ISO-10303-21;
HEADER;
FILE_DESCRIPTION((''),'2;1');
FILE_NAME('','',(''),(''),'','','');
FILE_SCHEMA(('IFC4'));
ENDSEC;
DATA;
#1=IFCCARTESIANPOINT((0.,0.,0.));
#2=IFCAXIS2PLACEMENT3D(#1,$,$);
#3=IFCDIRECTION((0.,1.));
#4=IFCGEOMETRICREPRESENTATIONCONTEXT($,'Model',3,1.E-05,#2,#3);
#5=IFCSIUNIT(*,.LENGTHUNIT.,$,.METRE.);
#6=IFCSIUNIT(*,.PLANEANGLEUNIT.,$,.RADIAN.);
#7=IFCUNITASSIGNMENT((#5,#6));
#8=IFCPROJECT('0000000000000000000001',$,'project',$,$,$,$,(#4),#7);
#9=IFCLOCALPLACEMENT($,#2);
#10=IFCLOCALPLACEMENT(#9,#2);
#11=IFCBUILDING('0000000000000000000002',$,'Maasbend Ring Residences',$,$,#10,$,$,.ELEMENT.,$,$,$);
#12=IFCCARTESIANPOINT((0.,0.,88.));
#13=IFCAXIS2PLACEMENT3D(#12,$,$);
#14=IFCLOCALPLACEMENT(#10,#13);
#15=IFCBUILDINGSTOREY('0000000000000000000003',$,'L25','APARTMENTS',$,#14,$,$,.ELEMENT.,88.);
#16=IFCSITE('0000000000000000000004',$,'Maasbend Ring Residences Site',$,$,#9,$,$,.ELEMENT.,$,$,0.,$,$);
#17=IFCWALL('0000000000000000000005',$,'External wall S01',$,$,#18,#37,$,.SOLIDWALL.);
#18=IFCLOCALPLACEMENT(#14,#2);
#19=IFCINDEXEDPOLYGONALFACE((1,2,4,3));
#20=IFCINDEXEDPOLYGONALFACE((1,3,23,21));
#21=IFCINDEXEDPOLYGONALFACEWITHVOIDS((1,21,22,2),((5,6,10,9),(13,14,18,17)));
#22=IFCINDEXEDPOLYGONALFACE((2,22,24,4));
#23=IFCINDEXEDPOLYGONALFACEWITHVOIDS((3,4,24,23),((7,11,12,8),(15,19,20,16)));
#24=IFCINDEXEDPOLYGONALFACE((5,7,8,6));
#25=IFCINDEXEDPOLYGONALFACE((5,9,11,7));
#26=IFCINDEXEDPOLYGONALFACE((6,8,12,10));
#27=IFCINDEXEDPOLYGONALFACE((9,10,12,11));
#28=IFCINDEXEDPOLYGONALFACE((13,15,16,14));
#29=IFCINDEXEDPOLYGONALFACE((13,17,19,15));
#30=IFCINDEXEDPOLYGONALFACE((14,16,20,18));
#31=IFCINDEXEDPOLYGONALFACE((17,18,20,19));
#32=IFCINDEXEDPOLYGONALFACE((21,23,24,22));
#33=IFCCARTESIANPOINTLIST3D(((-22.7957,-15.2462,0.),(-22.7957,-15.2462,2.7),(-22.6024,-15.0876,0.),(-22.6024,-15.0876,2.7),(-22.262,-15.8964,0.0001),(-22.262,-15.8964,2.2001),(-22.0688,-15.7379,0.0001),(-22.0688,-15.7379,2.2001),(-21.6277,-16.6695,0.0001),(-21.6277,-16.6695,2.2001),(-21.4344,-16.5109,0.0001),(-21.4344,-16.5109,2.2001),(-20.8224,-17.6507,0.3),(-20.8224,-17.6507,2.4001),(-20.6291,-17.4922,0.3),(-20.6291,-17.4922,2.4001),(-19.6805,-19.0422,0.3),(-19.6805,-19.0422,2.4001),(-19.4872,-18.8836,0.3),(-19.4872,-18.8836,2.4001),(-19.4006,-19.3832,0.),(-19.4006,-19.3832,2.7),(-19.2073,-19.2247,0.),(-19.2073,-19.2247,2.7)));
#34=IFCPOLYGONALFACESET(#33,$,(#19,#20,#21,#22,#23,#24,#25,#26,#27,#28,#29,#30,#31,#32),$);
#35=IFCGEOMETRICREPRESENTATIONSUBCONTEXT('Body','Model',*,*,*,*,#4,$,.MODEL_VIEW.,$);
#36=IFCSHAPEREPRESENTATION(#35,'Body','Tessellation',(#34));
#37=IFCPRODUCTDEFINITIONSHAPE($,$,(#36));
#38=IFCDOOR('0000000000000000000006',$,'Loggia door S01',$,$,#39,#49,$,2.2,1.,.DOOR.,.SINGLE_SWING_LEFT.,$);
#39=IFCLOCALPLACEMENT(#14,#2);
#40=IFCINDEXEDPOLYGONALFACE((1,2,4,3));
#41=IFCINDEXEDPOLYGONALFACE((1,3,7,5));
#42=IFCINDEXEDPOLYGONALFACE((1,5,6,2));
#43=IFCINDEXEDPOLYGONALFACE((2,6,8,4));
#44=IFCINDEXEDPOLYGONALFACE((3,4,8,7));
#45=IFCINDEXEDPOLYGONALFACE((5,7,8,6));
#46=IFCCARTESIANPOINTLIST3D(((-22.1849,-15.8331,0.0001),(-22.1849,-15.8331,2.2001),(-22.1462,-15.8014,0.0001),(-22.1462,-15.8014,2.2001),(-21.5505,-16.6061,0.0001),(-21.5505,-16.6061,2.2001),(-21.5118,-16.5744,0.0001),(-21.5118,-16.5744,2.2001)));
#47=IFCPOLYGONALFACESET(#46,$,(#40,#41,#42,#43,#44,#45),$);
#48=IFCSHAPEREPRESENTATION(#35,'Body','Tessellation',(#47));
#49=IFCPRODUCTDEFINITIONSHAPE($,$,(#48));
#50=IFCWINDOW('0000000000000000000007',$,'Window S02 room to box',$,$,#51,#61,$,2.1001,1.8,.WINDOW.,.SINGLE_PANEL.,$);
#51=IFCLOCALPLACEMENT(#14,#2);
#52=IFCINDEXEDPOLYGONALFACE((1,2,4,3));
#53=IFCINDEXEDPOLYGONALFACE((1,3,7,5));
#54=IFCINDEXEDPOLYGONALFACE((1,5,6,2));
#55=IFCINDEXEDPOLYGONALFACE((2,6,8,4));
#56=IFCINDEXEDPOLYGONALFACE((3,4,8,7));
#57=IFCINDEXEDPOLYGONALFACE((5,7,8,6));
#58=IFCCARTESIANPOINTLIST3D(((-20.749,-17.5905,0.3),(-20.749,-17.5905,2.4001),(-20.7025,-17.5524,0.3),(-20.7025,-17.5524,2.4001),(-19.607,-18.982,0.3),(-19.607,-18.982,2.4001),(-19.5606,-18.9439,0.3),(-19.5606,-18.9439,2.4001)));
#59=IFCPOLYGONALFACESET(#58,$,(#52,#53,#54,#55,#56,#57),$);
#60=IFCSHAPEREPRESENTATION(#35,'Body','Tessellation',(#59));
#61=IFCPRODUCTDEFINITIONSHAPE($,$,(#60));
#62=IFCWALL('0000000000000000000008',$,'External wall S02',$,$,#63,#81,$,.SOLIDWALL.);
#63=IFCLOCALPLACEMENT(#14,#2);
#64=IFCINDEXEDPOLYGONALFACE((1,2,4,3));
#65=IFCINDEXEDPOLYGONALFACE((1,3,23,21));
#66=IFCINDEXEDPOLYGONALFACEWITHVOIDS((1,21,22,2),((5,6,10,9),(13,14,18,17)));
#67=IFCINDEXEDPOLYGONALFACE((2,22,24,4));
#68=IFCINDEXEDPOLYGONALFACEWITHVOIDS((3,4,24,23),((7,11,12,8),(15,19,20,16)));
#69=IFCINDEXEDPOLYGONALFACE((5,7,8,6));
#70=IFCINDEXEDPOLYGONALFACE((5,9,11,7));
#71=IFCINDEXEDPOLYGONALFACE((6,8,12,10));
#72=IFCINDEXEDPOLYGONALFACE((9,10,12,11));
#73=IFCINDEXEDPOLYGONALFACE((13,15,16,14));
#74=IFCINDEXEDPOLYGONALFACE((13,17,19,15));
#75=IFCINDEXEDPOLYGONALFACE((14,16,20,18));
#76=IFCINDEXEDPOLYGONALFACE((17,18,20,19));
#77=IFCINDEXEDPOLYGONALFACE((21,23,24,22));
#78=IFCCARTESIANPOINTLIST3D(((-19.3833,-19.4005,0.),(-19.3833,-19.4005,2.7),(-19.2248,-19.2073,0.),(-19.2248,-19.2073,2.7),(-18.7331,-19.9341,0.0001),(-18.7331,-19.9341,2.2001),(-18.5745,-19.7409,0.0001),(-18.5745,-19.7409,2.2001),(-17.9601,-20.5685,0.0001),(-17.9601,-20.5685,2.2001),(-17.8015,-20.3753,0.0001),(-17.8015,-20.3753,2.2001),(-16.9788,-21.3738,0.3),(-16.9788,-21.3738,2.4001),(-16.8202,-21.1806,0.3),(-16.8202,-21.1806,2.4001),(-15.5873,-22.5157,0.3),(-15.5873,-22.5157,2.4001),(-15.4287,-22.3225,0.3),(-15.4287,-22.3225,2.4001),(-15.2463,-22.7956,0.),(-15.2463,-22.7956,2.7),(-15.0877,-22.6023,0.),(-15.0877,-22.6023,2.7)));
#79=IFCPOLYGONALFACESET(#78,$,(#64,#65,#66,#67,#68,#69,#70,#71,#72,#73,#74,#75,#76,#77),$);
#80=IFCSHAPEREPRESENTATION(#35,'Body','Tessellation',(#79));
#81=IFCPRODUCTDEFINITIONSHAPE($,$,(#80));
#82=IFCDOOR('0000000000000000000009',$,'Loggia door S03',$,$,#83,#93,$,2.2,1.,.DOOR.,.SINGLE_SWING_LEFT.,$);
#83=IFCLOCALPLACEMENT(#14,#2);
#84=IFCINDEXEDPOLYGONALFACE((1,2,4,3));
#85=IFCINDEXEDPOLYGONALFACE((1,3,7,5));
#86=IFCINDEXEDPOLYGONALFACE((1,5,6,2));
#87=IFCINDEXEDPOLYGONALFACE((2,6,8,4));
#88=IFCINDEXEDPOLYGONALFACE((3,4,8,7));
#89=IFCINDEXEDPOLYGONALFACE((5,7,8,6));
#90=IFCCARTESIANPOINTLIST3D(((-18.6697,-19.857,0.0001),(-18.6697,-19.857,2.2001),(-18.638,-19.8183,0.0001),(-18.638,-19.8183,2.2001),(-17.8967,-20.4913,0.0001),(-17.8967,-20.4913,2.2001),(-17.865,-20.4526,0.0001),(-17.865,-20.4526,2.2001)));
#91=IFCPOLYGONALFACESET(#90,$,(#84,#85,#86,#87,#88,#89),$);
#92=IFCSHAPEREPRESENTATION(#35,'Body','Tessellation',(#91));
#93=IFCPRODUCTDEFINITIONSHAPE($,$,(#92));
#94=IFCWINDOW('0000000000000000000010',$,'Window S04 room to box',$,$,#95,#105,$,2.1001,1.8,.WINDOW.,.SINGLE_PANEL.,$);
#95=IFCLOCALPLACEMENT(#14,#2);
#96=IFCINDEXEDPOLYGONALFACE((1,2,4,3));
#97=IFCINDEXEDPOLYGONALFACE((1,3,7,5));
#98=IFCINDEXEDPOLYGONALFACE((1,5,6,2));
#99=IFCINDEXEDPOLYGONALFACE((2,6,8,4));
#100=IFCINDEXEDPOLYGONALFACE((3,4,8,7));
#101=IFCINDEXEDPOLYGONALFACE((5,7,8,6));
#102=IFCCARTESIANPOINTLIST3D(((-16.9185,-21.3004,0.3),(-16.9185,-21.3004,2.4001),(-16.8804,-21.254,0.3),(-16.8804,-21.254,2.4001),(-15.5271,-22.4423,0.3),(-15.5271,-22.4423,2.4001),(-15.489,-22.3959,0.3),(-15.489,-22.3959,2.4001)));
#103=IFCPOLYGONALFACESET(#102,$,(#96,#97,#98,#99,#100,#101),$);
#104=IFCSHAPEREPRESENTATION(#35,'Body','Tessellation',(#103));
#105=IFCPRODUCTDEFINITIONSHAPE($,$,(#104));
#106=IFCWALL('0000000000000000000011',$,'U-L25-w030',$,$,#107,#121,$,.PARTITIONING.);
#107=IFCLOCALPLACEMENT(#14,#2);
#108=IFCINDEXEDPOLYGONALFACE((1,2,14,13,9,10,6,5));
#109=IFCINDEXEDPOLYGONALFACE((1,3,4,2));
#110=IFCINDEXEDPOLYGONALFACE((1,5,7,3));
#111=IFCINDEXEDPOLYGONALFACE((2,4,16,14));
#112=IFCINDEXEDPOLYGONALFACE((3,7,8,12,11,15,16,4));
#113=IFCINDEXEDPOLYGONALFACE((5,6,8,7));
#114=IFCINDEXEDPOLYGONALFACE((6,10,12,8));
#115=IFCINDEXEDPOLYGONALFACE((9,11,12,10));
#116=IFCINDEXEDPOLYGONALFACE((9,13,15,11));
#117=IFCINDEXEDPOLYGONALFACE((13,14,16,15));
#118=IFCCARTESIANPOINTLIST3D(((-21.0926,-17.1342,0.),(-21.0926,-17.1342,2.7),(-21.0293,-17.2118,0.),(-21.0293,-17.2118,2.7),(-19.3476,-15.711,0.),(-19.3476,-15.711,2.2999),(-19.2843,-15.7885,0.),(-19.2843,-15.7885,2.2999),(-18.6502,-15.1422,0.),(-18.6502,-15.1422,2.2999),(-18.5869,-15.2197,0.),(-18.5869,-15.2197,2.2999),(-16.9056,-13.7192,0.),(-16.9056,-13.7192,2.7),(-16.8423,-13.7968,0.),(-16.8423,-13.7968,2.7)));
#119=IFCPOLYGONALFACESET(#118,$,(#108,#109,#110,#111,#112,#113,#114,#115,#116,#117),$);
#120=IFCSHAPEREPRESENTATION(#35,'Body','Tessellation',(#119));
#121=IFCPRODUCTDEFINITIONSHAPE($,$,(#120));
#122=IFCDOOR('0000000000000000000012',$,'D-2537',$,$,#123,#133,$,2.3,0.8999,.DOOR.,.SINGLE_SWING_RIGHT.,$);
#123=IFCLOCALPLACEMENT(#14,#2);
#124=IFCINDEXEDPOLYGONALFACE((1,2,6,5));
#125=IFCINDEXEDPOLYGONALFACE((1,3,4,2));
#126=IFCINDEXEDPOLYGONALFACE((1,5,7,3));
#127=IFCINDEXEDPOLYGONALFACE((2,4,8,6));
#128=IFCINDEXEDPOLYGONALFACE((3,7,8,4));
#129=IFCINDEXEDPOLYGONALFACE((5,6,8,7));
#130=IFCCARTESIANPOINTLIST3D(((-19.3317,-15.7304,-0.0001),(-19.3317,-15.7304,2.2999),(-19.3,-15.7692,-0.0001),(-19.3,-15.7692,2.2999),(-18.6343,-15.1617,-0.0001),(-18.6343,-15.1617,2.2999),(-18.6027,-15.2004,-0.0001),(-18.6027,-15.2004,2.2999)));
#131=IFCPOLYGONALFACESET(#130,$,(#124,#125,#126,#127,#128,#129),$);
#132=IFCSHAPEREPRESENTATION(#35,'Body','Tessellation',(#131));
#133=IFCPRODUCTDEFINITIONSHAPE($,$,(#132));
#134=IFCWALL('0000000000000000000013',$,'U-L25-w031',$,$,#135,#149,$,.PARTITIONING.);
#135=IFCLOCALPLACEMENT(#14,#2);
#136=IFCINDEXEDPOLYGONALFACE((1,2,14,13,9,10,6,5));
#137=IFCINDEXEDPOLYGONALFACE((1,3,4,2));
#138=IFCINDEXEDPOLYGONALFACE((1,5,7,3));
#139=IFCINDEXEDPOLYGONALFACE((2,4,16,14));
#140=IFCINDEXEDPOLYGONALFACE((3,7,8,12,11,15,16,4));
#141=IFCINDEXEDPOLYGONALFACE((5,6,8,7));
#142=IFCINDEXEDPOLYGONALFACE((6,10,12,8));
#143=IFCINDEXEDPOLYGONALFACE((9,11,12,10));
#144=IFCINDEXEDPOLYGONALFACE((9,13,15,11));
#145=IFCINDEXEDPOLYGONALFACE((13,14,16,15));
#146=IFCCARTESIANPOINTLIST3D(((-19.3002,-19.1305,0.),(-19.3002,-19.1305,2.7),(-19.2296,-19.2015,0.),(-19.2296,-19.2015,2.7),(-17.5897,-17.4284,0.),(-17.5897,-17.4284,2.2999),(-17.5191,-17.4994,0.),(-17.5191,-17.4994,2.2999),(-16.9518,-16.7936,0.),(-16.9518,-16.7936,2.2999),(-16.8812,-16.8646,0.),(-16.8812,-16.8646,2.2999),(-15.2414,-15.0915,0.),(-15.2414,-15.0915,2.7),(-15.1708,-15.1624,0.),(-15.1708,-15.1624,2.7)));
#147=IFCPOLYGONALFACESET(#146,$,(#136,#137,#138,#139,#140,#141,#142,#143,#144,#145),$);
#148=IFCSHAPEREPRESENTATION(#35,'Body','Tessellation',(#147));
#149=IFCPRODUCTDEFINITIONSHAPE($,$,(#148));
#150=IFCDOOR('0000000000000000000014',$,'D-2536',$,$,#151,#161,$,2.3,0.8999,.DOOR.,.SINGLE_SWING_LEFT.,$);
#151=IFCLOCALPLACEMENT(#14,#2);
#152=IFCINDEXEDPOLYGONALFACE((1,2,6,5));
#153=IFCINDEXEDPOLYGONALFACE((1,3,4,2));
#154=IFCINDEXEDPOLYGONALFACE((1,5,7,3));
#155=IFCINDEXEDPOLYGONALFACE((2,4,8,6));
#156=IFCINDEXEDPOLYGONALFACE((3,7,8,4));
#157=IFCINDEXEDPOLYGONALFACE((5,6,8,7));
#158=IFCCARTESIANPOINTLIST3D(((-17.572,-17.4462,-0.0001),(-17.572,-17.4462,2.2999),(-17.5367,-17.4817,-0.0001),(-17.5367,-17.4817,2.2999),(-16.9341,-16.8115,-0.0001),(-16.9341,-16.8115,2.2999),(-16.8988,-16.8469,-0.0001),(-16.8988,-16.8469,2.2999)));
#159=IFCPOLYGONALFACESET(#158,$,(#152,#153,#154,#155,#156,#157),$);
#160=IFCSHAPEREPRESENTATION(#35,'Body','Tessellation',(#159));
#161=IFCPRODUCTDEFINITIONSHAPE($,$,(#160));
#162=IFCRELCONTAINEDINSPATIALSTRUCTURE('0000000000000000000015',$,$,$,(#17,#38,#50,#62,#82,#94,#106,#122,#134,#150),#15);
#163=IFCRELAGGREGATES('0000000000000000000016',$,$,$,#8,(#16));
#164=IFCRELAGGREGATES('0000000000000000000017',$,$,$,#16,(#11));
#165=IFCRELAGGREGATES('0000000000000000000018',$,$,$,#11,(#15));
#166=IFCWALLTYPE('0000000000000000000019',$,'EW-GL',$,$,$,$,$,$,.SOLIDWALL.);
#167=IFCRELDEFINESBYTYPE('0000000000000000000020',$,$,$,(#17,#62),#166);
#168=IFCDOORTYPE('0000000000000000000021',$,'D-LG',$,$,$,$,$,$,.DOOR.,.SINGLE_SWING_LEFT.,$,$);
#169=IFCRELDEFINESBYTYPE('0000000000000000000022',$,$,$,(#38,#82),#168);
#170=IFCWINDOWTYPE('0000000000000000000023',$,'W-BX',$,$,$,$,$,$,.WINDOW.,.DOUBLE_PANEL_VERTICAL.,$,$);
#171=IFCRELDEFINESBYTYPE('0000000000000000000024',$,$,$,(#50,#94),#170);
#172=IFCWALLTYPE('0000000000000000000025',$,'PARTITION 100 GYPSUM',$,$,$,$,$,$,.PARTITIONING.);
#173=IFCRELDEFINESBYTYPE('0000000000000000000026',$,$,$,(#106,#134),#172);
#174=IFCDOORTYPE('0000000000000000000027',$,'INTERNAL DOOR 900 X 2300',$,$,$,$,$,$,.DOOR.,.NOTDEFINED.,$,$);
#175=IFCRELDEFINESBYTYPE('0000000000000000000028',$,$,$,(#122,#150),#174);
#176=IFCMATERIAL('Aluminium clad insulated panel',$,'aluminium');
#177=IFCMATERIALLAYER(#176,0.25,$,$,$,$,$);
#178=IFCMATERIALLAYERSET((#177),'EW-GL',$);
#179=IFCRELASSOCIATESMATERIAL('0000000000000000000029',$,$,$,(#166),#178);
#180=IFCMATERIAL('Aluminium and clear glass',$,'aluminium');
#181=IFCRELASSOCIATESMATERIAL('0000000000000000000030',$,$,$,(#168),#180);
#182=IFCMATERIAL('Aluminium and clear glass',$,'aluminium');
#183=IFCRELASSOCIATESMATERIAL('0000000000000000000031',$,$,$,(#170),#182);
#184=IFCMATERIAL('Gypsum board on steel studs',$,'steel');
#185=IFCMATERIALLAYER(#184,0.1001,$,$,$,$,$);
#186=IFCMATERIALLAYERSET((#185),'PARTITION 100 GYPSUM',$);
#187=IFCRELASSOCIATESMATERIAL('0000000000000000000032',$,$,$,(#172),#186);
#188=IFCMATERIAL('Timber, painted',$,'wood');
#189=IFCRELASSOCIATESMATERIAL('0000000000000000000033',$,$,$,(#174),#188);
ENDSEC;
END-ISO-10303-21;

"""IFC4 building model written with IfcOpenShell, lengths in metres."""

from ifc_helpers import new_model, si_unit, direction, frame, frame_2d, origin, place, context, subcontext, project, spatial, rectangle, extrude, material, layer, layer_set, type_object, element, fill, save


model = new_model("IFC4")

# Units and contexts
model_context = context("Model", 3, precision=1e-05, world=origin(), true_north=direction((0.0, 1.0)))
body_context = subcontext(model_context, "Body", "Model", "MODEL_VIEW")
ifc_project = project(units=[si_unit("LENGTHUNIT", "METRE"), si_unit("PLANEANGLEUNIT", "RADIAN")], contexts=[model_context])

# Site, building, storey
site_placement = place(None, origin())
site = spatial("IfcSite", under=ifc_project, at=site_placement, Name="Maasbend Ring Residences Site", CompositionType="ELEMENT", RefElevation=0.0)
building_placement = place(site_placement, origin())
building = spatial("IfcBuilding", under=site, at=building_placement, Name="Maasbend Ring Residences", CompositionType="ELEMENT")
storey_placement = place(building_placement, frame((0.0, 0.0, 88.0)))
storey = spatial("IfcBuildingStorey", under=building, at=storey_placement, Name="L25", Description="APARTMENTS", CompositionType="ELEMENT", Elevation=88.0)

# Walls, openings, doors, windows
ifc_material_1 = material(Name="Aluminium clad insulated panel", Category="aluminium")
ifc_layer_1 = layer(ifc_material_1, 0.25)
ifc_layer_set_1 = layer_set([ifc_layer_1], Name="EW-GL")
wall_type_1 = type_object("IfcWallType", Name="EW-GL", PredefinedType="SOLIDWALL", material=ifc_layer_set_1)
wall_1_placement = place(storey_placement, frame((-22.699, -15.167, 0.0), z_axis=(0.0, 0.0, 1.0), x_axis=(0.634382, -0.773019, 0.0)))
wall_1 = element("IfcWall", 1, at=wall_1_placement, inside=storey, type_object=wall_type_1, Name="External wall S01", PredefinedType="SOLIDWALL", context=body_context, shape_type="SweptSolid", body=[
    extrude(rectangle(XDim=5.3518, YDim=0.25, at=frame_2d((2.6758, 0.0))), origin(), (0.0, 0.0, 1.0), 2.7),
])
opening_1_placement = place(wall_1_placement, frame((0.8411, 0.0, 0.0)))
opening_1 = element("IfcOpeningElement", 2, at=opening_1_placement, cuts=wall_1, PredefinedType="OPENING", context=body_context, shape_type="SweptSolid", body=[
    extrude(rectangle(XDim=1.0, YDim=2.2, at=frame_2d((0.5, 1.1001))), frame((0.0, 0.135, 0.0), z_axis=(0.0, -1.0, 0.0), x_axis=(1.0, 0.0, 0.0)), (0.0, 0.0, 1.0), 0.27),
])
opening_2_placement = place(wall_1_placement, frame((3.1106, 0.0, 0.3)))
opening_2 = element("IfcOpeningElement", 3, at=opening_2_placement, cuts=wall_1, PredefinedType="OPENING", context=body_context, shape_type="SweptSolid", body=[
    extrude(rectangle(XDim=1.8, YDim=2.1001, at=frame_2d((0.8999, 1.05))), frame((0.0, 0.135, 0.0), z_axis=(0.0, -1.0, 0.0), x_axis=(1.0, 0.0, 0.0)), (0.0, 0.0, 1.0), 0.27),
])
ifc_material_2 = material(Name="Aluminium and clear glass", Category="aluminium")
door_type_1 = type_object("IfcDoorType", Name="D-LG", OperationType="SINGLE_SWING_LEFT", PredefinedType="DOOR", material=ifc_material_2)
door_1_placement = place(opening_1_placement, origin())
door_1 = element("IfcDoor", 4, at=door_1_placement, inside=storey, type_object=door_type_1, Name="Loggia door S01", OperationType="SINGLE_SWING_LEFT", OverallHeight=2.2, OverallWidth=1.0, PredefinedType="DOOR", context=body_context, shape_type="SweptSolid", body=[
    extrude(rectangle(XDim=1.0, YDim=2.2, at=frame_2d((0.5, 1.1001))), frame((0.0, 0.0249, 0.0), z_axis=(0.0, -1.0, 0.0), x_axis=(1.0, 0.0, 0.0)), (0.0, 0.0, 1.0), 0.05),
])
fill(opening_1, door_1)
ifc_material_3 = material(Name="Aluminium and clear glass", Category="aluminium")
window_type_1 = type_object("IfcWindowType", Name="W-BX", PartitioningType="DOUBLE_PANEL_VERTICAL", PredefinedType="WINDOW", material=ifc_material_3)
window_1_placement = place(opening_2_placement, origin())
window_1 = element("IfcWindow", 5, at=window_1_placement, inside=storey, type_object=window_type_1, Name="Window S02 room to box", OverallHeight=2.1001, OverallWidth=1.8, PartitioningType="SINGLE_PANEL", PredefinedType="WINDOW", context=body_context, shape_type="SweptSolid", body=[
    extrude(rectangle(XDim=1.8, YDim=2.1001, at=frame_2d((0.8999, 1.05))), frame((0.0, 0.03, 0.0), z_axis=(0.0, -1.0, 0.0), x_axis=(1.0, 0.0, 0.0)), (0.0, 0.0, 1.0), 0.0601),
])
fill(opening_2, window_1)
wall_2_placement = place(storey_placement, frame((-19.304, -19.304, 0.0), z_axis=(0.0, 0.0, 1.0), x_axis=(0.773019, -0.634382, 0.0)))
wall_2 = element("IfcWall", 6, at=wall_2_placement, inside=storey, type_object=wall_type_1, Name="External wall S02", PredefinedType="SOLIDWALL", context=body_context, shape_type="SweptSolid", body=[
    extrude(rectangle(XDim=5.3518, YDim=0.25, at=frame_2d((2.6758, 0.0))), origin(), (0.0, 0.0, 1.0), 2.7),
])
opening_3_placement = place(wall_2_placement, frame((0.8411, 0.0, 0.0)))
opening_3 = element("IfcOpeningElement", 7, at=opening_3_placement, cuts=wall_2, PredefinedType="OPENING", context=body_context, shape_type="SweptSolid", body=[
    extrude(rectangle(XDim=1.0, YDim=2.2, at=frame_2d((0.5, 1.1001))), frame((0.0, 0.135, 0.0), z_axis=(0.0, -1.0, 0.0), x_axis=(1.0, 0.0, 0.0)), (0.0, 0.0, 1.0), 0.27),
])
opening_4_placement = place(wall_2_placement, frame((3.1106, 0.0, 0.3)))
opening_4 = element("IfcOpeningElement", 8, at=opening_4_placement, cuts=wall_2, PredefinedType="OPENING", context=body_context, shape_type="SweptSolid", body=[
    extrude(rectangle(XDim=1.8, YDim=2.1001, at=frame_2d((0.8999, 1.05))), frame((0.0, 0.135, 0.0), z_axis=(0.0, -1.0, 0.0), x_axis=(1.0, 0.0, 0.0)), (0.0, 0.0, 1.0), 0.27),
])
door_2_placement = place(opening_3_placement, origin())
door_2 = element("IfcDoor", 9, at=door_2_placement, inside=storey, type_object=door_type_1, Name="Loggia door S03", OperationType="SINGLE_SWING_LEFT", OverallHeight=2.2, OverallWidth=1.0, PredefinedType="DOOR", context=body_context, shape_type="SweptSolid", body=[
    extrude(rectangle(XDim=1.0, YDim=2.2, at=frame_2d((0.5, 1.1001))), frame((0.0, 0.0249, 0.0), z_axis=(0.0, -1.0, 0.0), x_axis=(1.0, 0.0, 0.0)), (0.0, 0.0, 1.0), 0.05),
])
fill(opening_3, door_2)
window_2_placement = place(opening_4_placement, origin())
window_2 = element("IfcWindow", 10, at=window_2_placement, inside=storey, type_object=window_type_1, Name="Window S04 room to box", OverallHeight=2.1001, OverallWidth=1.8, PartitioningType="SINGLE_PANEL", PredefinedType="WINDOW", context=body_context, shape_type="SweptSolid", body=[
    extrude(rectangle(XDim=1.8, YDim=2.1001, at=frame_2d((0.8999, 1.05))), frame((0.0, 0.03, 0.0), z_axis=(0.0, -1.0, 0.0), x_axis=(1.0, 0.0, 0.0)), (0.0, 0.0, 1.0), 0.0601),
])
fill(opening_4, window_2)

# Walls, openings, doors
ifc_material_4 = material(Name="Gypsum board on steel studs", Category="steel")
ifc_layer_2 = layer(ifc_material_4, 0.1001)
ifc_layer_set_2 = layer_set([ifc_layer_2], Name="PARTITION 100 GYPSUM")
wall_type_2 = type_object("IfcWallType", Name="PARTITION 100 GYPSUM", PredefinedType="PARTITIONING", material=ifc_layer_set_2)
wall_3_placement = place(storey_placement, frame((-21.061, -17.1731, 0.0), z_axis=(0.0, 0.0, 1.0), x_axis=(0.774927, 0.632051, 0.0)))
wall_3 = element("IfcWall", 11, at=wall_3_placement, inside=storey, type_object=wall_type_2, Name="U-L25-w030", PredefinedType="PARTITIONING", context=body_context, shape_type="SweptSolid", body=[
    extrude(rectangle(XDim=5.4031, YDim=0.1001, at=frame_2d((2.7017, 0.0))), origin(), (0.0, 0.0, 1.0), 2.7),
])
opening_5_placement = place(wall_3_placement, frame((2.252, 0.0, 0.0)))
opening_5 = element("IfcOpeningElement", 12, at=opening_5_placement, cuts=wall_3, PredefinedType="OPENING", context=body_context, shape_type="SweptSolid", body=[
    extrude(rectangle(XDim=0.8999, YDim=2.3, at=frame_2d((0.45, 1.1499))), frame((0.0, 0.0601, 0.0), z_axis=(0.0, -1.0, 0.0), x_axis=(1.0, 0.0, 0.0)), (0.0, 0.0, 1.0), 0.1201),
])
ifc_material_5 = material(Name="Timber, painted", Category="wood")
door_type_2 = type_object("IfcDoorType", Name="INTERNAL DOOR 900 X 2300", OperationType="NOTDEFINED", PredefinedType="DOOR", material=ifc_material_5)
door_3_placement = place(opening_5_placement, origin())
door_3 = element("IfcDoor", 13, at=door_3_placement, inside=storey, type_object=door_type_2, Name="D-2537", OperationType="SINGLE_SWING_RIGHT", OverallHeight=2.3, OverallWidth=0.8999, PredefinedType="DOOR", context=body_context, shape_type="SweptSolid", body=[
    extrude(rectangle(XDim=0.8999, YDim=2.3, at=frame_2d((0.45, 1.1499))), frame((0.0, 0.0249, 0.0), z_axis=(0.0, -1.0, 0.0), x_axis=(1.0, 0.0, 0.0)), (0.0, 0.0, 1.0), 0.05),
])
fill(opening_5, door_3)
wall_4_placement = place(storey_placement, frame((-19.2649, -19.166, 0.0), z_axis=(0.0, 0.0, 1.0), x_axis=(0.708831, 0.705378, 0.0)))
wall_4 = element("IfcWall", 14, at=wall_4_placement, inside=storey, type_object=wall_type_2, Name="U-L25-w031", PredefinedType="PARTITIONING", context=body_context, shape_type="SweptSolid", body=[
    extrude(rectangle(XDim=5.7261, YDim=0.1001, at=frame_2d((2.863, 0.0))), origin(), (0.0, 0.0, 1.0), 2.7),
])
opening_6_placement = place(wall_4_placement, frame((2.4131, 0.0, 0.0)))
opening_6 = element("IfcOpeningElement", 15, at=opening_6_placement, cuts=wall_4, PredefinedType="OPENING", context=body_context, shape_type="SweptSolid", body=[
    extrude(rectangle(XDim=0.8999, YDim=2.3, at=frame_2d((0.45, 1.1499))), frame((0.0, 0.0601, 0.0), z_axis=(0.0, -1.0, 0.0), x_axis=(1.0, 0.0, 0.0)), (0.0, 0.0, 1.0), 0.1201),
])
door_4_placement = place(opening_6_placement, origin())
door_4 = element("IfcDoor", 16, at=door_4_placement, inside=storey, type_object=door_type_2, Name="D-2536", OperationType="SINGLE_SWING_LEFT", OverallHeight=2.3, OverallWidth=0.8999, PredefinedType="DOOR", context=body_context, shape_type="SweptSolid", body=[
    extrude(rectangle(XDim=0.8999, YDim=2.3, at=frame_2d((0.45, 1.1499))), frame((0.0, 0.0249, 0.0), z_axis=(0.0, -1.0, 0.0), x_axis=(1.0, 0.0, 0.0)), (0.0, 0.0, 1.0), 0.05),
])
fill(opening_6, door_4)

save(model, "model.ifc")
